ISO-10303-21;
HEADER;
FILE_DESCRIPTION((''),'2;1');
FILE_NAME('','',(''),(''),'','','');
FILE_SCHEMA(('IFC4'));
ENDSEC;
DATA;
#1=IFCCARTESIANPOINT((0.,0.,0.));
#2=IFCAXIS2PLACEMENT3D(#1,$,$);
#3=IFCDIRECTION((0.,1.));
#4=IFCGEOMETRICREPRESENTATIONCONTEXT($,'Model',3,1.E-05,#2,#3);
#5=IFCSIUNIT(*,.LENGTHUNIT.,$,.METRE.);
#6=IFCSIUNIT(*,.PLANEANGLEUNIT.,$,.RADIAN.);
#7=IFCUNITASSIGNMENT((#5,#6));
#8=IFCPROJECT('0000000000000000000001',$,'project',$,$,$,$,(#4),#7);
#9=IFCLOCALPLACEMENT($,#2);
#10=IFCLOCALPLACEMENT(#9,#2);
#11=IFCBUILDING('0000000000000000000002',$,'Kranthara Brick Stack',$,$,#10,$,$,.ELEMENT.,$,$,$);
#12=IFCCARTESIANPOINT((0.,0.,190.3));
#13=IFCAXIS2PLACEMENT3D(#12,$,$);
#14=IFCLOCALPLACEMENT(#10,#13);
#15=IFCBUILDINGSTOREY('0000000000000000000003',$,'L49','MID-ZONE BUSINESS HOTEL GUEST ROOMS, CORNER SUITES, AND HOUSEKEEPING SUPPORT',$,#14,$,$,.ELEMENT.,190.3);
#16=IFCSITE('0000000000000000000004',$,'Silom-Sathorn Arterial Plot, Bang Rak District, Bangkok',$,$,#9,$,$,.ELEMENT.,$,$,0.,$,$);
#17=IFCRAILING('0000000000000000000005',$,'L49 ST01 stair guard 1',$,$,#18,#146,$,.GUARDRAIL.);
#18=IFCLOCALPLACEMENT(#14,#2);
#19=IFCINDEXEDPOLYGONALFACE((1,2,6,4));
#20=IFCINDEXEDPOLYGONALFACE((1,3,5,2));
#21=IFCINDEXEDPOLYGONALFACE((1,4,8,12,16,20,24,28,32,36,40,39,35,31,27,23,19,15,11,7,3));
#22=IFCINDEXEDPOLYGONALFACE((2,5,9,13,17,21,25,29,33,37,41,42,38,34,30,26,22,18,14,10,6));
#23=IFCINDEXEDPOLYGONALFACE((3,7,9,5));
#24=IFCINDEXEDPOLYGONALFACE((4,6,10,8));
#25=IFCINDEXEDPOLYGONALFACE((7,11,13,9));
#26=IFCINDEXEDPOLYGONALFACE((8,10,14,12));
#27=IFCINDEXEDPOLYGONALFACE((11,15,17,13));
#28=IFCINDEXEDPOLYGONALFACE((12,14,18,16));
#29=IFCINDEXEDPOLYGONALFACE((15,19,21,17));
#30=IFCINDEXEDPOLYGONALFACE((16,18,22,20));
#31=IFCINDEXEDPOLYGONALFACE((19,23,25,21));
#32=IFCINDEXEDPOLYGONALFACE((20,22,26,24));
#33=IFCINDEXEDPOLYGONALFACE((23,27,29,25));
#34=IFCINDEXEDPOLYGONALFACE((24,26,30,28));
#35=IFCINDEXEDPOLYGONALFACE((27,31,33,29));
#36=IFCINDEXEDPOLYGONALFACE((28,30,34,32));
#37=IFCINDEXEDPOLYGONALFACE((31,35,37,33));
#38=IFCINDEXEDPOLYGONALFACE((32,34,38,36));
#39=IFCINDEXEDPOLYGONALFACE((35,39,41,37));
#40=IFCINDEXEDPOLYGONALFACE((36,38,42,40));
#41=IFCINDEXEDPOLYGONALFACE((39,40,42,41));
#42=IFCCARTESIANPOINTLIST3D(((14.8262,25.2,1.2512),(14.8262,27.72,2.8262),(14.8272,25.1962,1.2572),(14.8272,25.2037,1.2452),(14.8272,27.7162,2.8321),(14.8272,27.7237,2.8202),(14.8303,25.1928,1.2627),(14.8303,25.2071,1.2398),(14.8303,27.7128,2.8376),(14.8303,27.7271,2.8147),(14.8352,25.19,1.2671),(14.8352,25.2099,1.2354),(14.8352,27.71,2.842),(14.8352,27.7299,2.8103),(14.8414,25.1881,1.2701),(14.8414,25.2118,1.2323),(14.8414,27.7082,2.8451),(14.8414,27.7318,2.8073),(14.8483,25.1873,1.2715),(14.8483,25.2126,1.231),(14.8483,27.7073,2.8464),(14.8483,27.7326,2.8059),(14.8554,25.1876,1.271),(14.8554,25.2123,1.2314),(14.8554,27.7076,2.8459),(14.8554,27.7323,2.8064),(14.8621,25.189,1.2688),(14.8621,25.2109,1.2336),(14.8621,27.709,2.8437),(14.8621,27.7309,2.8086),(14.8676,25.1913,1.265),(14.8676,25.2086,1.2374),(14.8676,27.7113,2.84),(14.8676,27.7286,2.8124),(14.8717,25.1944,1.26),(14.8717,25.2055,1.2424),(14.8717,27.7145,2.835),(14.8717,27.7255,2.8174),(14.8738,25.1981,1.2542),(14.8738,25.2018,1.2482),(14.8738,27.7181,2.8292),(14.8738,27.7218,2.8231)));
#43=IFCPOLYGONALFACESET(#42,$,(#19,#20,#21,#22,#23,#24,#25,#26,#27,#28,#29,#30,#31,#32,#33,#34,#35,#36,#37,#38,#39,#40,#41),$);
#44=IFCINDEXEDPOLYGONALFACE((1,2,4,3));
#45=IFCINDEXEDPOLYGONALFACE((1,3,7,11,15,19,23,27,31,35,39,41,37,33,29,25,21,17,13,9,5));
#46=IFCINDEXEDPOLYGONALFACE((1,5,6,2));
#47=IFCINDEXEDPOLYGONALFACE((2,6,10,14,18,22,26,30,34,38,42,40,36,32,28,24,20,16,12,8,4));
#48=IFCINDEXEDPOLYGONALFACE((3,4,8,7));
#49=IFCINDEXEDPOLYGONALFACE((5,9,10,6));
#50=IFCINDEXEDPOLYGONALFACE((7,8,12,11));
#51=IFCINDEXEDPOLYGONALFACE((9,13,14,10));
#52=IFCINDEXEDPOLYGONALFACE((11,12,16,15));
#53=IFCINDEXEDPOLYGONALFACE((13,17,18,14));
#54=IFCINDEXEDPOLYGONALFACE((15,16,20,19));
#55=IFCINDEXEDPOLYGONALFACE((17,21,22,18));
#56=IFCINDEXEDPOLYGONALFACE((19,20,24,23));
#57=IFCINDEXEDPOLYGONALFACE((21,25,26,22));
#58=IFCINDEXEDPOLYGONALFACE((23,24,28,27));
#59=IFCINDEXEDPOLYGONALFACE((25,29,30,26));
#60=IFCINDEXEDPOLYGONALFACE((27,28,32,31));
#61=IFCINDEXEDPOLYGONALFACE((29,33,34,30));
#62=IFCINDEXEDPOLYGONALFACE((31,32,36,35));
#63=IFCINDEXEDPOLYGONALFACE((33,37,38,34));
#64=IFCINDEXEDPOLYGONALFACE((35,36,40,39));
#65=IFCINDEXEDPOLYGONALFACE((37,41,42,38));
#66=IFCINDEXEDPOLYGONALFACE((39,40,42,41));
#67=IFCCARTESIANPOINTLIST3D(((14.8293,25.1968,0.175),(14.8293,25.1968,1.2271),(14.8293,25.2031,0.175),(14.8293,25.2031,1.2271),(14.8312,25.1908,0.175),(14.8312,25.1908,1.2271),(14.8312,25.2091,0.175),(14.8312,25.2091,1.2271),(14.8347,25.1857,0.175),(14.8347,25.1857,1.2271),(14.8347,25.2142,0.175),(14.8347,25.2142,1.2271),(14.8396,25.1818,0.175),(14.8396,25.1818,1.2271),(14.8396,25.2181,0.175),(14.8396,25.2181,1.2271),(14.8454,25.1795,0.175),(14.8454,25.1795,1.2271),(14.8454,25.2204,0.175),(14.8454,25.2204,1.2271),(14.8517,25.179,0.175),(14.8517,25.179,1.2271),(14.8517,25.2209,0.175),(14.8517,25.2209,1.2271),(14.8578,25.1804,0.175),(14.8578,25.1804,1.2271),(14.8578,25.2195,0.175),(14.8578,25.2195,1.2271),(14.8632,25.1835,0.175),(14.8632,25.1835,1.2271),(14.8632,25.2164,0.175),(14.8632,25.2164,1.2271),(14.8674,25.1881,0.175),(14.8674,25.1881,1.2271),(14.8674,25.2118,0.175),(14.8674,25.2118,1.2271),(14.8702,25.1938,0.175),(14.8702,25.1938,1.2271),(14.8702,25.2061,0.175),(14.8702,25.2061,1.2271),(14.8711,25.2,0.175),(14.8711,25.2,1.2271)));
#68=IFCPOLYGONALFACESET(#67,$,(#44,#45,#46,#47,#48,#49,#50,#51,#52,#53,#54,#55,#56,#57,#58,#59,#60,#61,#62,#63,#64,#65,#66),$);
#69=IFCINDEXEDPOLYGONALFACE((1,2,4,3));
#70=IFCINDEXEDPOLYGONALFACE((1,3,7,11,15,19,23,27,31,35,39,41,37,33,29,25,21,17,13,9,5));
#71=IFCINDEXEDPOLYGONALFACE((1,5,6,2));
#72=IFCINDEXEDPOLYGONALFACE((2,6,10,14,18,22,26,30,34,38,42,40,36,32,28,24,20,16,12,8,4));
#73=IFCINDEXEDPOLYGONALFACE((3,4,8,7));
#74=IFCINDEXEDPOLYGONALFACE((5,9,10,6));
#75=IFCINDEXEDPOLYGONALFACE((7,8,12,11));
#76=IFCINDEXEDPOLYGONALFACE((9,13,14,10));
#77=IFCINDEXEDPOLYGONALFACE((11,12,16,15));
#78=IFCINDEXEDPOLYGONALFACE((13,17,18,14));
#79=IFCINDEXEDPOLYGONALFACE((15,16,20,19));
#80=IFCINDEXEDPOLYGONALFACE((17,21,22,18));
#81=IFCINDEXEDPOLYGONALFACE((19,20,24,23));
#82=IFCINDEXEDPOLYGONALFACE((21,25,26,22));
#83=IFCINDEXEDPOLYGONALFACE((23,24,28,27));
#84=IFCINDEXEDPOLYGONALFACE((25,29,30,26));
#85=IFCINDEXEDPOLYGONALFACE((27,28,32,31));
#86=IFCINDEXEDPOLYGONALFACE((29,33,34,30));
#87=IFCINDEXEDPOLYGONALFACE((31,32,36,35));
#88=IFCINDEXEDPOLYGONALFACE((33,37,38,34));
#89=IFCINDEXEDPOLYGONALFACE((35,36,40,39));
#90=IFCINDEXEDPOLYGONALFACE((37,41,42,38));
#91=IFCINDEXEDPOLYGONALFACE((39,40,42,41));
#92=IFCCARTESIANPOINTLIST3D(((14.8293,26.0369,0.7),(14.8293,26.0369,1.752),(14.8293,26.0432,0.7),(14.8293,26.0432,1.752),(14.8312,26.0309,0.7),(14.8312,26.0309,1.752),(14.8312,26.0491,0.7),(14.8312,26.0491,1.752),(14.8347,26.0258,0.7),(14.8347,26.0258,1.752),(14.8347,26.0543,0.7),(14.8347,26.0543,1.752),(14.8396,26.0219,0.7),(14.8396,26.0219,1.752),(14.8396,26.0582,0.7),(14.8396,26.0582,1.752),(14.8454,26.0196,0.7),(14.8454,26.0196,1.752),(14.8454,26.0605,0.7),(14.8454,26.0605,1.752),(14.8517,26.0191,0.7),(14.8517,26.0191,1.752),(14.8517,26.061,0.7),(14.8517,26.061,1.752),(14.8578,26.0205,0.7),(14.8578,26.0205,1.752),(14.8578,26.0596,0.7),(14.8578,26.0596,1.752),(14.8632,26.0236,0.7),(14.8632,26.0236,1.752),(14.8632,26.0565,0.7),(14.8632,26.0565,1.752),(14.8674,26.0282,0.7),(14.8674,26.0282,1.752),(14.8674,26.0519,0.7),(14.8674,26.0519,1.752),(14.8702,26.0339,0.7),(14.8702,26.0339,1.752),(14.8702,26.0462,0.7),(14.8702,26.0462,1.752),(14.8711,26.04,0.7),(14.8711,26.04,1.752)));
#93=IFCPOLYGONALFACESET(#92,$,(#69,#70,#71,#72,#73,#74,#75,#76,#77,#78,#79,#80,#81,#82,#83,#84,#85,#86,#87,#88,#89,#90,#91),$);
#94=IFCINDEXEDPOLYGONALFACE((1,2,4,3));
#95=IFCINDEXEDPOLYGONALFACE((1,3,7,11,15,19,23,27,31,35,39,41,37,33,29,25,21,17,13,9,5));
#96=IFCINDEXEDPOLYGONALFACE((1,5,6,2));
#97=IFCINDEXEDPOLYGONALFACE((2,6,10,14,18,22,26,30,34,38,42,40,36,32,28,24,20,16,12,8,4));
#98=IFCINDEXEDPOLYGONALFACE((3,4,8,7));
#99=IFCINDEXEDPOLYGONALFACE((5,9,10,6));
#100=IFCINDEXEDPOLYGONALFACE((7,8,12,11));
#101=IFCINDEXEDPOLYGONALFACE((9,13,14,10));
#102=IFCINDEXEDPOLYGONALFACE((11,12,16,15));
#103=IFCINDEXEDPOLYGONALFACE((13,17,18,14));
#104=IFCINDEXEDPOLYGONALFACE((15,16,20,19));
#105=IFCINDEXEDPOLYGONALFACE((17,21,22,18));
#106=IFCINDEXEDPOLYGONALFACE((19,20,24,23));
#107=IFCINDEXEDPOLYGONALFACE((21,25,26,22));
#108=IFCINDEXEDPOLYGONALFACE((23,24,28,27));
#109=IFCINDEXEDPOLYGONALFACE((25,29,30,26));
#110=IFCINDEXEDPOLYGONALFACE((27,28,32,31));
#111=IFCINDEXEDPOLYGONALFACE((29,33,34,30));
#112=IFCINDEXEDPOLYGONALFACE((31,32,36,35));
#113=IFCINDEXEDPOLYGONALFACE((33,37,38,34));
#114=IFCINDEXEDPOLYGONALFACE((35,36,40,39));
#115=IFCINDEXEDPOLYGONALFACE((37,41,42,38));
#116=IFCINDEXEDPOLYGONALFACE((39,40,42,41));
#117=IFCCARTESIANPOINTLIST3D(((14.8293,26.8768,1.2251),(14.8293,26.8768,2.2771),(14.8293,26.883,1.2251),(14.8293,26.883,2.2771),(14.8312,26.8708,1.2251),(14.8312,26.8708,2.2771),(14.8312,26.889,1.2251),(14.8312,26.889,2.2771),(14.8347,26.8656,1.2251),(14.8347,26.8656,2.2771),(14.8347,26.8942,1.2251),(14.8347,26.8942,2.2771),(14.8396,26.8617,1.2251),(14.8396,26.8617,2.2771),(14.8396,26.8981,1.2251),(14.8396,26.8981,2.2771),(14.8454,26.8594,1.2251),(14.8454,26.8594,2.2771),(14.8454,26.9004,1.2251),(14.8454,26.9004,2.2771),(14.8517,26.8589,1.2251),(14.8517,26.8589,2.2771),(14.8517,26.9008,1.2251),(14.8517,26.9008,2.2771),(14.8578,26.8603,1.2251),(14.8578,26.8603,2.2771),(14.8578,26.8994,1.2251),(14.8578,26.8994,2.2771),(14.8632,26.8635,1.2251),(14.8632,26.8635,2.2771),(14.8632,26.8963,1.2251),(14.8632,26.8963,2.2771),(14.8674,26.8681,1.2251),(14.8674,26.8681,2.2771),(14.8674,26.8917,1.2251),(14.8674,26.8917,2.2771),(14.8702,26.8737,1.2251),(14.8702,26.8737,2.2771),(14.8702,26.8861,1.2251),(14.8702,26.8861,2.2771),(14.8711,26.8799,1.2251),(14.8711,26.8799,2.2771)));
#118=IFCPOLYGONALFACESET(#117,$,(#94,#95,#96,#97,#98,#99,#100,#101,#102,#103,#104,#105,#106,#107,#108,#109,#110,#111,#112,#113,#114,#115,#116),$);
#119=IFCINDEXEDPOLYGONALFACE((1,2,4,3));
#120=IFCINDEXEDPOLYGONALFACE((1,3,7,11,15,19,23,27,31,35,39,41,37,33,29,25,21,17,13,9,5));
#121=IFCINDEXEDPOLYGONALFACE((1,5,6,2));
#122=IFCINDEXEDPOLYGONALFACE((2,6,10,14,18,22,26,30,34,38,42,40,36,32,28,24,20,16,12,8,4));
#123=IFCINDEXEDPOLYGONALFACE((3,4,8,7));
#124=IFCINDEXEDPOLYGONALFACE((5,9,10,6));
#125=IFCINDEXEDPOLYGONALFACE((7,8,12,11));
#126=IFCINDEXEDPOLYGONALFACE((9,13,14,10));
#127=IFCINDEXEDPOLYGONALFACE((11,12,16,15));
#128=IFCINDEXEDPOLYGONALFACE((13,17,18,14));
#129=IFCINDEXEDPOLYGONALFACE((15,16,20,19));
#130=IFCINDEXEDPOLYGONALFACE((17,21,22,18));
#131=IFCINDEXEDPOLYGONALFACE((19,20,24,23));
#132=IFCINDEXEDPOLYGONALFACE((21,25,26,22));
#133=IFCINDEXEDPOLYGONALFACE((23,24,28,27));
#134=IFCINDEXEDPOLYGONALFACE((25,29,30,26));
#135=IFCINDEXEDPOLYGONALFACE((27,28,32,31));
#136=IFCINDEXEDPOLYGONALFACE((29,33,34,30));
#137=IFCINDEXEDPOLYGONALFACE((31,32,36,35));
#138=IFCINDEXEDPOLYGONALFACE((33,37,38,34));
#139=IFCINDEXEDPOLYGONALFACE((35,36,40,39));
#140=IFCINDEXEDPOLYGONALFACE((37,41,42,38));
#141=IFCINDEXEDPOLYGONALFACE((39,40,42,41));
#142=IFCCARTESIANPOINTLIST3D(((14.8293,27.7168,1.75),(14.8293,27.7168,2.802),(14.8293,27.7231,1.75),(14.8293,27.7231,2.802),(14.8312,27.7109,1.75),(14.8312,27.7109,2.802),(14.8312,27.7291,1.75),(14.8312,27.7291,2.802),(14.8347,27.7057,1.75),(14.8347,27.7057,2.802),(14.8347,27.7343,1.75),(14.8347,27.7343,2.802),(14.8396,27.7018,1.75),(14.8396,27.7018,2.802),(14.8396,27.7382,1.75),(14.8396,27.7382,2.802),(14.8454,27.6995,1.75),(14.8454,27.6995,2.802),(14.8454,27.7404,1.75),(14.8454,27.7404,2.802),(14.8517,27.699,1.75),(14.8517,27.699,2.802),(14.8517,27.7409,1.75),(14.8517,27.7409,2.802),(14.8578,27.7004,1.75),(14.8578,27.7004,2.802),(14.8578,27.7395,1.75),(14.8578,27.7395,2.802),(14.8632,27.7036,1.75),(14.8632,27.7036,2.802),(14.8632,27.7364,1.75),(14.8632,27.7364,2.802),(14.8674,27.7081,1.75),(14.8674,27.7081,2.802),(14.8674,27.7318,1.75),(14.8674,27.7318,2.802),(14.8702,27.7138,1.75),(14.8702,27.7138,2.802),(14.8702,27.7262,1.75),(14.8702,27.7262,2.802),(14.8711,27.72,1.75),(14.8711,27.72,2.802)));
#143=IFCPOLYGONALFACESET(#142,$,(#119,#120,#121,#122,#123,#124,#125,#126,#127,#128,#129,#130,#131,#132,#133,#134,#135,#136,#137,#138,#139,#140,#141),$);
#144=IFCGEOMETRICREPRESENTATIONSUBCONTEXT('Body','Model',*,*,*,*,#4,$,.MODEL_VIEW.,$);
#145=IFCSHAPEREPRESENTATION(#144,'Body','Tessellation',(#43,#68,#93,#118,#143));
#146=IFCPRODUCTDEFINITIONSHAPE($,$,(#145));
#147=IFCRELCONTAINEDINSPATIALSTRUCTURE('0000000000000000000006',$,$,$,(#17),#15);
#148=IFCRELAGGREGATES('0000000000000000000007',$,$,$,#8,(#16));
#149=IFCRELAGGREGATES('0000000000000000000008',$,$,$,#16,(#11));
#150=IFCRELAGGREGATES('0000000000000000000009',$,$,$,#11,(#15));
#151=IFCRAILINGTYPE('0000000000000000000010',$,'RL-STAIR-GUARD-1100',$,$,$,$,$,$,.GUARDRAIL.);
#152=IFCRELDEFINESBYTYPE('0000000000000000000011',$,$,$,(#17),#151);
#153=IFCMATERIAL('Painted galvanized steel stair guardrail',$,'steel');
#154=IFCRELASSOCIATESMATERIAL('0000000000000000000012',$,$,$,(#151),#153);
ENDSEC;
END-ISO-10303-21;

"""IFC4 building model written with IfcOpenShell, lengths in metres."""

from ifc_helpers import new_model, si_unit, direction, frame, origin, origin_2d, place, context, subcontext, project, spatial, circle, extrude, material, type_object, element, save


model = new_model("IFC4")

# Units and contexts
model_context = context("Model", 3, precision=1e-05, world=origin(), true_north=direction((0.0, 1.0)))
body_context = subcontext(model_context, "Body", "Model", "MODEL_VIEW")
ifc_project = project(units=[si_unit("LENGTHUNIT", "METRE"), si_unit("PLANEANGLEUNIT", "RADIAN")], contexts=[model_context])

# Site, building, storey
site_placement = place(None, origin())
site = spatial("IfcSite", under=ifc_project, at=site_placement, Name="Silom-Sathorn Arterial Plot, Bang Rak District, Bangkok", CompositionType="ELEMENT", RefElevation=0.0)
building_placement = place(site_placement, origin())
building = spatial("IfcBuilding", under=site, at=building_placement, Name="Kranthara Brick Stack", CompositionType="ELEMENT")
storey_placement = place(building_placement, frame((0.0, 0.0, 190.3)))
storey = spatial("IfcBuildingStorey", under=building, at=storey_placement, Name="L49", Description="MID-ZONE BUSINESS HOTEL GUEST ROOMS, CORNER SUITES, AND HOUSEKEEPING SUPPORT", CompositionType="ELEMENT", Elevation=190.3)

# Railing
ifc_material_1 = material(Name="Painted galvanized steel stair guardrail", Category="steel")
railing_type_1 = type_object("IfcRailingType", Name="RL-STAIR-GUARD-1100", PredefinedType="GUARDRAIL", material=ifc_material_1)
railing_1_placement = place(storey_placement, frame((14.8501, 25.2, 0.175)))
element("IfcRailing", 1, at=railing_1_placement, inside=storey, type_object=railing_type_1, Name="L49 ST01 stair guard 1", PredefinedType="GUARDRAIL", context=body_context, shape_type="SweptSolid", body=[
    extrude(circle(Radius=0.0239, at=origin_2d()), frame((0.0, 0.0, 1.0762), z_axis=(0.0, 0.848008, 0.529984), x_axis=(-1.0, 0.0, 0.0)), (0.0, 0.0, 1.0), 2.9717),
    extrude(circle(Radius=0.021, at=origin_2d()), origin(), (0.0, 0.0, 1.0), 1.052),
    extrude(circle(Radius=0.021, at=origin_2d()), frame((0.0, 0.8401, 0.5249)), (0.0, 0.0, 1.0), 1.052),
    extrude(circle(Radius=0.021, at=origin_2d()), frame((0.0, 1.6799, 1.05)), (0.0, 0.0, 1.0), 1.052),
    extrude(circle(Radius=0.021, at=origin_2d()), frame((0.0, 2.52, 1.575)), (0.0, 0.0, 1.0), 1.052),
])

save(model, "model.ifc")
